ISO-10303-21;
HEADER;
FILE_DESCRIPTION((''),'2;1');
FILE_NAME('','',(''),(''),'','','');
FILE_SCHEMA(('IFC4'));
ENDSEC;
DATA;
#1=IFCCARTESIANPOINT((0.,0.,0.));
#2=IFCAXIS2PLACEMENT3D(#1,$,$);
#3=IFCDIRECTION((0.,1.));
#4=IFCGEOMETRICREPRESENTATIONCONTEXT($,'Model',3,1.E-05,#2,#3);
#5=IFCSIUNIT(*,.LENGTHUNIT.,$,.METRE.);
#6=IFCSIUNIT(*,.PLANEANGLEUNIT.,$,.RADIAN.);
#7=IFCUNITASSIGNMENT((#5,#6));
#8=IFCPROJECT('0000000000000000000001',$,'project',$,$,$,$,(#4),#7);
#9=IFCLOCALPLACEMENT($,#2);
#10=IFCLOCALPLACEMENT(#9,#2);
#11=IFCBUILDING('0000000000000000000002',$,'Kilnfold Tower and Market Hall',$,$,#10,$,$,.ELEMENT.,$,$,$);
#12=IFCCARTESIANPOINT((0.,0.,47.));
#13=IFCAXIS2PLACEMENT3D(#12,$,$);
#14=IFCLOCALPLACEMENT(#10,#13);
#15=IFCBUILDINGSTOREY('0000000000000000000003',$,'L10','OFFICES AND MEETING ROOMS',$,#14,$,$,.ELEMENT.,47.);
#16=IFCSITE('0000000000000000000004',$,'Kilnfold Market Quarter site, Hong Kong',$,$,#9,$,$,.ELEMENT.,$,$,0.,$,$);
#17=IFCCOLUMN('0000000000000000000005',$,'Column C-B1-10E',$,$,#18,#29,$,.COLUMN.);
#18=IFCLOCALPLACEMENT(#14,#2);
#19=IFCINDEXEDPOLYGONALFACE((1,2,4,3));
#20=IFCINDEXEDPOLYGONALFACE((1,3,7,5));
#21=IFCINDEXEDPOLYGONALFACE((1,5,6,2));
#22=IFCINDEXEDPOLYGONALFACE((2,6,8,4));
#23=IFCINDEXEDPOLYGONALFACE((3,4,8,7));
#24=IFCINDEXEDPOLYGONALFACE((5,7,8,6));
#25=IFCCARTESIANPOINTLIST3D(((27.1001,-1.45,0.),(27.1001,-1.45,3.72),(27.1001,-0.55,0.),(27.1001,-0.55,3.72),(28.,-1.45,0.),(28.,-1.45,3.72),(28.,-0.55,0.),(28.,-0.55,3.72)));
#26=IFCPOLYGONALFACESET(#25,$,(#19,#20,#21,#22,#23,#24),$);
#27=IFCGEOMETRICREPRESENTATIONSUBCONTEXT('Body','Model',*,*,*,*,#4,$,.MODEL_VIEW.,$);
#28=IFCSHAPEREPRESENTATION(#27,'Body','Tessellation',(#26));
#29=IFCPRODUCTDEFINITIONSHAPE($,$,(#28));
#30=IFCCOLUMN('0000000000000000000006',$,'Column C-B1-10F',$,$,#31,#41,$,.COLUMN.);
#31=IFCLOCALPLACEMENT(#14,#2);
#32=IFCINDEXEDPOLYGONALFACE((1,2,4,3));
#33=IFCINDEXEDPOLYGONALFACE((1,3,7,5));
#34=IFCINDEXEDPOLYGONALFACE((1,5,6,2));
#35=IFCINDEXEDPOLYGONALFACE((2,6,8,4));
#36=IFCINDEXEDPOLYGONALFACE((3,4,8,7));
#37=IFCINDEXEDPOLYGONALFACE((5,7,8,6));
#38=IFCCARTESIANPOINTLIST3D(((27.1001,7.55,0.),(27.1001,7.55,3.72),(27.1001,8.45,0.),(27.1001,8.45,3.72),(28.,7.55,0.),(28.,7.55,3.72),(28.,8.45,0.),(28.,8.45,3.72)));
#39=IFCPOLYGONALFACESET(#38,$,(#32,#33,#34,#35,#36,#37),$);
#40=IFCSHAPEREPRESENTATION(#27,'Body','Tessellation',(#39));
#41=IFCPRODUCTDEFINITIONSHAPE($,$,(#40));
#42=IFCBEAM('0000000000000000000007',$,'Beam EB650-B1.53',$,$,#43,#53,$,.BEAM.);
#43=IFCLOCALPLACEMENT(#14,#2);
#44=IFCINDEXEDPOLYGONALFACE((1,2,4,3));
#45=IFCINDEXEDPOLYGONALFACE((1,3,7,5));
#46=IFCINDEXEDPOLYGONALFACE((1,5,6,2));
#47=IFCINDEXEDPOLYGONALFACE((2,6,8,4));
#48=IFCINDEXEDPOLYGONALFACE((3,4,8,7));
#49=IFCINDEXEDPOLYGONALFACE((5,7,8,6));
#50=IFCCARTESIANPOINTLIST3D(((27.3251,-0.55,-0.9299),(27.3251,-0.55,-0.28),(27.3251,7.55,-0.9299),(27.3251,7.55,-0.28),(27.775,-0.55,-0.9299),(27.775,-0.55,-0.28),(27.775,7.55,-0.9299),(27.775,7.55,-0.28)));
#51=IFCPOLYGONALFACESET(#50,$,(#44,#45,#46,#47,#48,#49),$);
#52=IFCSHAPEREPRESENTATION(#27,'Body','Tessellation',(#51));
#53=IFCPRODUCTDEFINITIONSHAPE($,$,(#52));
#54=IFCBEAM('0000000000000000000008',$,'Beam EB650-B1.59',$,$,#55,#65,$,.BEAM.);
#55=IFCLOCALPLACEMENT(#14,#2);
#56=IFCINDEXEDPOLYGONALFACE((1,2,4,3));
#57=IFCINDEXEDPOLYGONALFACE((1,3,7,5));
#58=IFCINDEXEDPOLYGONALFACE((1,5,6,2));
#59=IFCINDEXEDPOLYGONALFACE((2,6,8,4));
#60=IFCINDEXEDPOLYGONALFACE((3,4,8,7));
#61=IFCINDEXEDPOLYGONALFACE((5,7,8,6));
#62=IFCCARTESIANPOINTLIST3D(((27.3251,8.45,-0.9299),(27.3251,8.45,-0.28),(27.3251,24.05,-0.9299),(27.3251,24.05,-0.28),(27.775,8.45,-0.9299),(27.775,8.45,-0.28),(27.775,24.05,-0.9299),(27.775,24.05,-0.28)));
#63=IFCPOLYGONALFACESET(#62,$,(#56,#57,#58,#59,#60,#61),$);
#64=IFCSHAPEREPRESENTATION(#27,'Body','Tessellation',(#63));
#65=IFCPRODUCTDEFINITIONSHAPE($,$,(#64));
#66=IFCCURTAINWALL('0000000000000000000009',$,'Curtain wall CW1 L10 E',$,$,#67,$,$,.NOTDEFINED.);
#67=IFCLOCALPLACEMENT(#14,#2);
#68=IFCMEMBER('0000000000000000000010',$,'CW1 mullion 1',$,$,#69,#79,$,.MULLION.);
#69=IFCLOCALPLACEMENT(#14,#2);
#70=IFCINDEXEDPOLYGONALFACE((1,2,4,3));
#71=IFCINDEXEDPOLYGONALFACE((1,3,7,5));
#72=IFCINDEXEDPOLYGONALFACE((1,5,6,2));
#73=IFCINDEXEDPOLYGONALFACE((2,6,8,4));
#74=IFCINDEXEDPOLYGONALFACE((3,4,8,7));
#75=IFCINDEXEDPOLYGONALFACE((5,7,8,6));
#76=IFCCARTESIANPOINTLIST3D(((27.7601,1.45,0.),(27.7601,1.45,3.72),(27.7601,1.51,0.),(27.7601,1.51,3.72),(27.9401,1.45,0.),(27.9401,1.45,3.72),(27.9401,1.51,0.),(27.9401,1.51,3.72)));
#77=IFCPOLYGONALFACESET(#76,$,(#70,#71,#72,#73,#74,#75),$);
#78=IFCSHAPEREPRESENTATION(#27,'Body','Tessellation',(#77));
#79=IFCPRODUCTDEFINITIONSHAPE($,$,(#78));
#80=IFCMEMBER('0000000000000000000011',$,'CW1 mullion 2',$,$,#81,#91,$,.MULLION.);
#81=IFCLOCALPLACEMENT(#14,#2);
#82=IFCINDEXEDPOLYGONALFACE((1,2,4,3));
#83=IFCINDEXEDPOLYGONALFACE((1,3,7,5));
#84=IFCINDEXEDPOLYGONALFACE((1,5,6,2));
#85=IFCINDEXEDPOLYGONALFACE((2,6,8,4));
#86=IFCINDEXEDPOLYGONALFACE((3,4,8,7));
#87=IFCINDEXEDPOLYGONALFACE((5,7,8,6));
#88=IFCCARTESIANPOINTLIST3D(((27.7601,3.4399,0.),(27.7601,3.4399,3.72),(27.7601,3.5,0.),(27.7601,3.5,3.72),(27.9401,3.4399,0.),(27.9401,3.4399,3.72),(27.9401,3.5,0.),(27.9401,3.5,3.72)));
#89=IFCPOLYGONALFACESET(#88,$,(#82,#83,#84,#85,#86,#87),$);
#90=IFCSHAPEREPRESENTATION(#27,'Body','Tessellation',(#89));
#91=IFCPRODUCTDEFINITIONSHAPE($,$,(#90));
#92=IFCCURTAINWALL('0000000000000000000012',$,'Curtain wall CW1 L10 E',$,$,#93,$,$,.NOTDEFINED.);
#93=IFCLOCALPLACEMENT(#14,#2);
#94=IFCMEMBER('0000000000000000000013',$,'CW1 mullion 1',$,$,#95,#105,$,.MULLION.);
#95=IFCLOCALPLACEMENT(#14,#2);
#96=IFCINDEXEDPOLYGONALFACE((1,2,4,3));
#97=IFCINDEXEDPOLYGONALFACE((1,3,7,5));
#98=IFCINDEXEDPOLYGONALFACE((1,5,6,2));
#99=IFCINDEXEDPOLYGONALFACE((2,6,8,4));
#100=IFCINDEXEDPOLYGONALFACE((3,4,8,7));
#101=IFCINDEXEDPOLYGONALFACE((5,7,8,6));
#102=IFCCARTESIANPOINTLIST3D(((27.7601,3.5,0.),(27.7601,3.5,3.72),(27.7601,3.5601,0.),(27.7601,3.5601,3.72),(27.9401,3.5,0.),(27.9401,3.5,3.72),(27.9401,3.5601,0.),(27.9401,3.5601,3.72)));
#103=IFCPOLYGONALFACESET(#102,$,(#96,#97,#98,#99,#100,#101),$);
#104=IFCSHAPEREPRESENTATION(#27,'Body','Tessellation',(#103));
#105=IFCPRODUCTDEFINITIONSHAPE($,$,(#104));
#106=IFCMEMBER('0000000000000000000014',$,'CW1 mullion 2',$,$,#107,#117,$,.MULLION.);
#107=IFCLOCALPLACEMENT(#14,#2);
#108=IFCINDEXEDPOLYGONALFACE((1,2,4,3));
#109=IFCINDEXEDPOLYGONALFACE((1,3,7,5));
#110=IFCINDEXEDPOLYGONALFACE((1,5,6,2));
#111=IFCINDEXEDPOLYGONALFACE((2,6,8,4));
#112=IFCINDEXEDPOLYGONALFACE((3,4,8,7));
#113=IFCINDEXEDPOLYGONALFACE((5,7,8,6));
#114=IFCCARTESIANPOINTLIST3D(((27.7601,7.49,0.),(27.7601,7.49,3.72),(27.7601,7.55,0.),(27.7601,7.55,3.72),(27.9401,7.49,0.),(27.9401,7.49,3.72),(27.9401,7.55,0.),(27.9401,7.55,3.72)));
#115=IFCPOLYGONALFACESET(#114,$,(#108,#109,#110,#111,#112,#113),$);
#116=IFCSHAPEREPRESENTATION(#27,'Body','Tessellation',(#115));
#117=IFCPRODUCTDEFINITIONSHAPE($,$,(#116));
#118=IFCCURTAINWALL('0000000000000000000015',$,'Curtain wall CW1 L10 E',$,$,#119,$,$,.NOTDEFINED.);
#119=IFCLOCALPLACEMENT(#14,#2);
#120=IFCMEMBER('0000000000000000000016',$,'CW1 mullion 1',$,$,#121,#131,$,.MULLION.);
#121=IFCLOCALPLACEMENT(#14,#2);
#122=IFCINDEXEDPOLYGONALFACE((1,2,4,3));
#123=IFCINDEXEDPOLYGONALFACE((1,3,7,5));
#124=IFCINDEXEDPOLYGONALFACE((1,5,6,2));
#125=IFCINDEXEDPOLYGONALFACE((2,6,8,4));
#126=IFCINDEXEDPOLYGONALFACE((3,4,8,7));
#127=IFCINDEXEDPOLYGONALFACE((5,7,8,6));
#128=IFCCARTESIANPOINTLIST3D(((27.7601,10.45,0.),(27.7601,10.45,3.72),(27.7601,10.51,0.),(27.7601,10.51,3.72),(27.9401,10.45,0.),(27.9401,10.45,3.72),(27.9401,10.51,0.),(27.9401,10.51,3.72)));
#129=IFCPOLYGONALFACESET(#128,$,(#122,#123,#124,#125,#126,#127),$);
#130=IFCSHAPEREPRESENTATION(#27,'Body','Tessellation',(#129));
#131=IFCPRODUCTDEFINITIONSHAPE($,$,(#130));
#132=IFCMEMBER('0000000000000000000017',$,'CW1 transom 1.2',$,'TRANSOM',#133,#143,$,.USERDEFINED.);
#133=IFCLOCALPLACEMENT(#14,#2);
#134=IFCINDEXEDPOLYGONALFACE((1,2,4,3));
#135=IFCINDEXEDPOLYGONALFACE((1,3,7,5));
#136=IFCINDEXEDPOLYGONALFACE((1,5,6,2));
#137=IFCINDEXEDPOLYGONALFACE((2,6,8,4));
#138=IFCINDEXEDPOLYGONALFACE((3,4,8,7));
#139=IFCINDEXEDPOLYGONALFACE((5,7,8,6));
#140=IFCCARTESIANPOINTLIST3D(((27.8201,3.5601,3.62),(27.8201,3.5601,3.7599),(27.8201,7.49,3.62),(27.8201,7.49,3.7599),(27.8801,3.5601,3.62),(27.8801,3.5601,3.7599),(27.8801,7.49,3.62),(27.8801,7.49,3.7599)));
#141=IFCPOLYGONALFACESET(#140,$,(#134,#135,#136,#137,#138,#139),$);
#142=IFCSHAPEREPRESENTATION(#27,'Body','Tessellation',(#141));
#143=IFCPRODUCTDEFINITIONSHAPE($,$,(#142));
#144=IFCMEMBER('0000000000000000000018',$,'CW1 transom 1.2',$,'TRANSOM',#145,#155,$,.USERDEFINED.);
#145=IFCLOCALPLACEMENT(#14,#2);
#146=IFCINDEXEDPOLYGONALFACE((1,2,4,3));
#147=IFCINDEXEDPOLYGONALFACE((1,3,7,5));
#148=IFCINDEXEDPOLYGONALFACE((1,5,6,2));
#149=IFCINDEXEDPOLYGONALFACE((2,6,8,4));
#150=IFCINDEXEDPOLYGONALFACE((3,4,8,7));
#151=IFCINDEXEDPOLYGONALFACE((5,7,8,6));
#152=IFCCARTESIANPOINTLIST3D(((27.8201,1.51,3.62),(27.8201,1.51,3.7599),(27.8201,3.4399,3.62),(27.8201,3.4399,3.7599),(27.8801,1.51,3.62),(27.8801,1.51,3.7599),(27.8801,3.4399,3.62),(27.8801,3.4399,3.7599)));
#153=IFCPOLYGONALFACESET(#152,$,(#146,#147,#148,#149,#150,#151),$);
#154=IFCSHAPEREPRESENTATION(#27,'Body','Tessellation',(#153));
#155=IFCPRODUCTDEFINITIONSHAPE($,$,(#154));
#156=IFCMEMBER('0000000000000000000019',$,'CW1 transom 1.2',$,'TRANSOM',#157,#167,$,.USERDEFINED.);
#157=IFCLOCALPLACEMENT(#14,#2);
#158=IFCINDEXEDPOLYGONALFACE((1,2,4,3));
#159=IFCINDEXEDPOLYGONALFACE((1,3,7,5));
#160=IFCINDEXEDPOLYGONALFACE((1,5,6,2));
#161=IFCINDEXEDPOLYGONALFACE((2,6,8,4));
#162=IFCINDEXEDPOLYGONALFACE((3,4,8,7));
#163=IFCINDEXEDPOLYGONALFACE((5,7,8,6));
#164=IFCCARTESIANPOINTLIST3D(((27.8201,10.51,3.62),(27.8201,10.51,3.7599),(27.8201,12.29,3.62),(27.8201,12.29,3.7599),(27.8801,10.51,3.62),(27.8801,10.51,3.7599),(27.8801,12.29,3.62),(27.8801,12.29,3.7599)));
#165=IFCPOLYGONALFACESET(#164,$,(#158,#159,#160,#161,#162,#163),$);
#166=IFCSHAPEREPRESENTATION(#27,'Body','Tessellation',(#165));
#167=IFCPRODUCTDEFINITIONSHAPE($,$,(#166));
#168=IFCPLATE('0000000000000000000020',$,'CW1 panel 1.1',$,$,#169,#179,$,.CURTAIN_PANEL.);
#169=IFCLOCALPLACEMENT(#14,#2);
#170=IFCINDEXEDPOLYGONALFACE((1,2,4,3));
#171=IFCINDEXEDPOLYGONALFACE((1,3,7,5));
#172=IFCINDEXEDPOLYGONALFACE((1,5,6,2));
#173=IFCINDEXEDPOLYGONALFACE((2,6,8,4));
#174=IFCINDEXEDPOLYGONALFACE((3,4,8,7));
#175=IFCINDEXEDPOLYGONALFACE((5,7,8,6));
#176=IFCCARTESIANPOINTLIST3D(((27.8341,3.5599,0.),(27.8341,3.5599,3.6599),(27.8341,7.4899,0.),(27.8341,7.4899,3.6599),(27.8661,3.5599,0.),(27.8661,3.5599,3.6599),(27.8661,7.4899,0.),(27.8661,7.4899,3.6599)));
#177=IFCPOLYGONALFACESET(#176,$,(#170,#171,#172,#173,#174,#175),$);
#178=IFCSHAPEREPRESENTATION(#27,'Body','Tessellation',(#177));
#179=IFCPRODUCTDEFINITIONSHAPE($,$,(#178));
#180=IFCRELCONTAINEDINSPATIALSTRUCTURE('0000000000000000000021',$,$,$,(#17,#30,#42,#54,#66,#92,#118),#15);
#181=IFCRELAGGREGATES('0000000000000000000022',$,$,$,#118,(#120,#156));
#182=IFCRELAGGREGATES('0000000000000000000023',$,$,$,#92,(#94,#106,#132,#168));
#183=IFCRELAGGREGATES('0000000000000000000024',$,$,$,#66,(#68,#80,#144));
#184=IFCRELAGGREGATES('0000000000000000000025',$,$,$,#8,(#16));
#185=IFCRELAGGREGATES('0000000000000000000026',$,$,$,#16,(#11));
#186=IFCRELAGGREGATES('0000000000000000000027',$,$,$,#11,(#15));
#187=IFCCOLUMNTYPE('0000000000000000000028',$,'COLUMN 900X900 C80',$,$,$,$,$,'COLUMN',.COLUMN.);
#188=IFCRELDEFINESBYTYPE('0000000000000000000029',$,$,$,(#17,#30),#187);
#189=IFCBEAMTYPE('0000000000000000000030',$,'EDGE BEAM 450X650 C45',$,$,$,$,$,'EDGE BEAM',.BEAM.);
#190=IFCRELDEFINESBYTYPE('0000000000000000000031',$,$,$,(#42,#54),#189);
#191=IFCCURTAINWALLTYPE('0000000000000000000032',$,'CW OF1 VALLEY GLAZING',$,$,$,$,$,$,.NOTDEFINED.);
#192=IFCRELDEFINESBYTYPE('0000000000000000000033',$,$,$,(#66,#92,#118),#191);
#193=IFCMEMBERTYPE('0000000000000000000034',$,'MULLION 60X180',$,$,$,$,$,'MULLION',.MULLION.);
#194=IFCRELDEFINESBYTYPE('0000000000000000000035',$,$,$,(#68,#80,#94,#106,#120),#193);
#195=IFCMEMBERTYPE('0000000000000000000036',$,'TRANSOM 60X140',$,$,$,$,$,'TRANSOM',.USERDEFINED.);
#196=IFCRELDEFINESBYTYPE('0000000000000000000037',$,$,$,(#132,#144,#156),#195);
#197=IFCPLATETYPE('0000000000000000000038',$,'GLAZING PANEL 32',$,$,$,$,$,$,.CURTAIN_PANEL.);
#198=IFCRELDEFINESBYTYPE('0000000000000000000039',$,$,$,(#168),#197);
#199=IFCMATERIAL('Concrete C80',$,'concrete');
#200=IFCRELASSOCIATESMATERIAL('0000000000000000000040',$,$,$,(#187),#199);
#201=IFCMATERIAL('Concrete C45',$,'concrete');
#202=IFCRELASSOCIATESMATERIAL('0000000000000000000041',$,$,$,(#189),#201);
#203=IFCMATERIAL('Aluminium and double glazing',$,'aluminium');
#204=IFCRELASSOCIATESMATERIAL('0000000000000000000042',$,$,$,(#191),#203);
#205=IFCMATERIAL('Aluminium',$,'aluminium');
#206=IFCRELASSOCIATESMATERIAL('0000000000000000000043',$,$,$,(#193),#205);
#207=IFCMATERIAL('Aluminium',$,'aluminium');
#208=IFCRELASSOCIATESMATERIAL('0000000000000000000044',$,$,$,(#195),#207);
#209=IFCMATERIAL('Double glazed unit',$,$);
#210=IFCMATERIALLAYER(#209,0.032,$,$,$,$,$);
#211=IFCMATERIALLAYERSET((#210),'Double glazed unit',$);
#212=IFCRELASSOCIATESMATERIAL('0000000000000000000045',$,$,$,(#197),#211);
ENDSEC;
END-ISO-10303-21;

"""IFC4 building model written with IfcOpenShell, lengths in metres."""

from ifc_helpers import new_model, si_unit, direction, frame, origin, origin_2d, place, context, subcontext, project, spatial, rectangle, extrude, source, transform, mapped, material, layer, layer_set, material_profile, profile_set, type_object, element, aggregate, save


model = new_model("IFC4")

# Units and contexts
model_context = context("Model", 3, precision=1e-05, world=origin(), true_north=direction((0.0, 1.0)))
body_context = subcontext(model_context, "Body", "Model", "MODEL_VIEW")
ifc_project = project(units=[si_unit("LENGTHUNIT", "METRE"), si_unit("PLANEANGLEUNIT", "RADIAN")], contexts=[model_context])

# Site, building, storey
site_placement = place(None, origin())
site = spatial("IfcSite", under=ifc_project, at=site_placement, Name="Kilnfold Market Quarter site, Hong Kong", CompositionType="ELEMENT", RefElevation=0.0)
building_placement = place(site_placement, origin())
building = spatial("IfcBuilding", under=site, at=building_placement, Name="Kilnfold Tower and Market Hall", CompositionType="ELEMENT")
storey_placement = place(building_placement, frame((0.0, 0.0, 47.0)))
storey = spatial("IfcBuildingStorey", under=building, at=storey_placement, Name="L10", Description="OFFICES AND MEETING ROOMS", CompositionType="ELEMENT", Elevation=47.0)

# Columns
ifc_material_1 = material(Name="Concrete C80", Category="concrete")
ifc_material_profile_1 = material_profile(ifc_material_1, rectangle(XDim=0.8999, YDim=0.8999, at=origin_2d()), Name="RC 900x900")
ifc_profile_set_1 = profile_set([ifc_material_profile_1], Name="Concrete C80")
column_type = type_object("IfcColumnType", Name="COLUMN 900X900 C80", ElementType="COLUMN", PredefinedType="COLUMN", material=ifc_profile_set_1)
shared_shape_1 = source(origin(), body_context, "Body", "SweptSolid", [
    extrude(rectangle(XDim=0.8999, YDim=0.8999, at=origin_2d()), origin(), (0.0, 0.0, 1.0), 3.72),
])
for number, where, z_axis, x_axis, name in (
    (1, (27.55, -1.0, 0.0), (0.0, 0.0, 1.0), (1.0, 0.0, 0.0), "Column C-B1-10E"),
    (2, (27.55, 8.0, 0.0), (0.0, 0.0, 1.0), (1.0, 0.0, 0.0), "Column C-B1-10F"),
):
    element("IfcColumn", number, at=place(storey_placement, frame(where, z_axis=z_axis, x_axis=x_axis)), inside=storey, type_object=column_type, Name=name, PredefinedType="COLUMN", context=body_context, shape_type="MappedRepresentation", body=[
        mapped(shared_shape_1, transform((0.0, 0.0, 0.0))),
    ])

# Beams
ifc_material_2 = material(Name="Concrete C45", Category="concrete")
ifc_material_profile_2 = material_profile(ifc_material_2, rectangle(XDim=0.45, YDim=0.6499, at=origin_2d()), Name="RC 450x650")
ifc_profile_set_2 = profile_set([ifc_material_profile_2], Name="Concrete C45")
beam_type = type_object("IfcBeamType", Name="EDGE BEAM 450X650 C45", ElementType="EDGE BEAM", PredefinedType="BEAM", material=ifc_profile_set_2)
shared_shape_2 = source(origin(), body_context, "Body", "SweptSolid", [
    extrude(rectangle(XDim=0.45, YDim=0.6499, at=origin_2d()), origin(), (0.0, 0.0, 1.0), 8.1001),
])
beam_1_placement = place(storey_placement, frame((27.55, -0.55, -0.605), z_axis=(0.0, 1.0, 0.0), x_axis=(-1.0, 0.0, 0.0)))
element("IfcBeam", 3, at=beam_1_placement, inside=storey, type_object=beam_type, Name="Beam EB650-B1.53", PredefinedType="BEAM", context=body_context, shape_type="MappedRepresentation", body=[
    mapped(shared_shape_2, transform((0.0, 0.0, 0.0))),
])
shared_shape_3 = source(origin(), body_context, "Body", "SweptSolid", [
    extrude(rectangle(XDim=0.45, YDim=0.6499, at=origin_2d()), origin(), (0.0, 0.0, 1.0), 15.6001),
])
beam_2_placement = place(storey_placement, frame((27.55, 8.45, -0.605), z_axis=(0.0, 1.0, 0.0), x_axis=(-1.0, 0.0, 0.0)))
element("IfcBeam", 4, at=beam_2_placement, inside=storey, type_object=beam_type, Name="Beam EB650-B1.59", PredefinedType="BEAM", context=body_context, shape_type="MappedRepresentation", body=[
    mapped(shared_shape_3, transform((0.0, 0.0, 0.0))),
])

# Curtain walls, members
ifc_material_3 = material(Name="Aluminium and double glazing", Category="aluminium")
curtain_wall_type = type_object("IfcCurtainWallType", Name="CW OF1 VALLEY GLAZING", PredefinedType="NOTDEFINED", material=ifc_material_3)
curtain_wall_1_placement = place(storey_placement, origin())
curtain_wall_1 = element("IfcCurtainWall", 5, at=curtain_wall_1_placement, inside=storey, type_object=curtain_wall_type, Name="Curtain wall CW1 L10 E", PredefinedType="NOTDEFINED")
ifc_material_4 = material(Name="Aluminium", Category="aluminium")
ifc_material_profile_3 = material_profile(ifc_material_4, rectangle(XDim=0.0601, YDim=0.1799, at=origin_2d()), Name="MULLION 60x180")
ifc_profile_set_3 = profile_set([ifc_material_profile_3], Name="Aluminium")
member_type_1 = type_object("IfcMemberType", Name="MULLION 60X180", ElementType="MULLION", PredefinedType="MULLION", material=ifc_profile_set_3)
shared_shape_4 = source(origin(), body_context, "Body", "SweptSolid", [
    extrude(rectangle(XDim=0.0601, YDim=0.1799, at=origin_2d()), origin(), (0.0, 0.0, 1.0), 3.72),
])
member_1_placement = place(storey_placement, frame((27.8501, 1.48, 0.0), z_axis=(0.0, 0.0, 1.0), x_axis=(0.0, 1.0, 0.0)))
member_1 = element("IfcMember", 6, at=member_1_placement, type_object=member_type_1, Name="CW1 mullion 1", PredefinedType="MULLION", context=body_context, shape_type="MappedRepresentation", body=[
    mapped(shared_shape_4, transform((0.0, 0.0, 0.0))),
])
member_2_placement = place(storey_placement, frame((27.8501, 3.47, 0.0), z_axis=(0.0, 0.0, 1.0), x_axis=(0.0, 1.0, 0.0)))
member_2 = element("IfcMember", 7, at=member_2_placement, type_object=member_type_1, Name="CW1 mullion 2", PredefinedType="MULLION", context=body_context, shape_type="MappedRepresentation", body=[
    mapped(shared_shape_4, transform((0.0, 0.0, 0.0))),
])
curtain_wall_2_placement = place(storey_placement, origin())
curtain_wall_2 = element("IfcCurtainWall", 8, at=curtain_wall_2_placement, inside=storey, type_object=curtain_wall_type, Name="Curtain wall CW1 L10 E", PredefinedType="NOTDEFINED")
member_3_placement = place(storey_placement, frame((27.8501, 3.53, 0.0), z_axis=(0.0, 0.0, 1.0), x_axis=(0.0, 1.0, 0.0)))
member_3 = element("IfcMember", 9, at=member_3_placement, type_object=member_type_1, Name="CW1 mullion 1", PredefinedType="MULLION", context=body_context, shape_type="MappedRepresentation", body=[
    mapped(shared_shape_4, transform((0.0, 0.0, 0.0))),
])
member_4_placement = place(storey_placement, frame((27.8501, 7.52, 0.0), z_axis=(0.0, 0.0, 1.0), x_axis=(0.0, 1.0, 0.0)))
member_4 = element("IfcMember", 10, at=member_4_placement, type_object=member_type_1, Name="CW1 mullion 2", PredefinedType="MULLION", context=body_context, shape_type="MappedRepresentation", body=[
    mapped(shared_shape_4, transform((0.0, 0.0, 0.0))),
])

# Curtain wall, member
curtain_wall_3_placement = place(storey_placement, origin())
curtain_wall_3 = element("IfcCurtainWall", 11, at=curtain_wall_3_placement, inside=storey, type_object=curtain_wall_type, Name="Curtain wall CW1 L10 E", PredefinedType="NOTDEFINED")
member_5_placement = place(storey_placement, frame((27.8501, 10.48, 0.0), z_axis=(0.0, 0.0, 1.0), x_axis=(0.0, 1.0, 0.0)))
member_5 = element("IfcMember", 12, at=member_5_placement, type_object=member_type_1, Name="CW1 mullion 1", PredefinedType="MULLION", context=body_context, shape_type="MappedRepresentation", body=[
    mapped(shared_shape_4, transform((0.0, 0.0, 0.0))),
])

# Members
ifc_material_5 = material(Name="Aluminium", Category="aluminium")
ifc_material_profile_4 = material_profile(ifc_material_5, rectangle(XDim=0.0601, YDim=0.1399, at=origin_2d()), Name="TRANSOM 60x140")
ifc_profile_set_4 = profile_set([ifc_material_profile_4], Name="Aluminium")
member_type_2 = type_object("IfcMemberType", Name="TRANSOM 60X140", ElementType="TRANSOM", PredefinedType="USERDEFINED", material=ifc_profile_set_4)
shared_shape_5 = source(origin(), body_context, "Body", "SweptSolid", [
    extrude(rectangle(XDim=0.0601, YDim=0.1399, at=origin_2d()), origin(), (0.0, 0.0, 1.0), 3.9299),
])
member_6_placement = place(storey_placement, frame((27.8501, 3.5601, 3.6899), z_axis=(0.0, 1.0, 0.0), x_axis=(-1.0, 0.0, 0.0)))
member_6 = element("IfcMember", 13, at=member_6_placement, type_object=member_type_2, Name="CW1 transom 1.2", ObjectType="TRANSOM", PredefinedType="USERDEFINED", context=body_context, shape_type="MappedRepresentation", body=[
    mapped(shared_shape_5, transform((0.0, 0.0, 0.0))),
])
shared_shape_6 = source(origin(), body_context, "Body", "SweptSolid", [
    extrude(rectangle(XDim=0.0601, YDim=0.1399, at=origin_2d()), origin(), (0.0, 0.0, 1.0), 1.9299),
])
member_7_placement = place(storey_placement, frame((27.8501, 1.51, 3.6899), z_axis=(0.0, 1.0, 0.0), x_axis=(-1.0, 0.0, 0.0)))
member_7 = element("IfcMember", 14, at=member_7_placement, type_object=member_type_2, Name="CW1 transom 1.2", ObjectType="TRANSOM", PredefinedType="USERDEFINED", context=body_context, shape_type="MappedRepresentation", body=[
    mapped(shared_shape_6, transform((0.0, 0.0, 0.0))),
])
shared_shape_7 = source(origin(), body_context, "Body", "SweptSolid", [
    extrude(rectangle(XDim=0.0601, YDim=0.1399, at=origin_2d()), origin(), (0.0, 0.0, 1.0), 1.78),
])
member_8_placement = place(storey_placement, frame((27.8501, 10.51, 3.6899), z_axis=(0.0, 1.0, 0.0), x_axis=(-1.0, 0.0, 0.0)))
member_8 = element("IfcMember", 15, at=member_8_placement, type_object=member_type_2, Name="CW1 transom 1.2", ObjectType="TRANSOM", PredefinedType="USERDEFINED", context=body_context, shape_type="MappedRepresentation", body=[
    mapped(shared_shape_7, transform((0.0, 0.0, 0.0))),
])
aggregate(curtain_wall_3, [member_5, member_8])

# Plate
ifc_material_6 = material(Name="Double glazed unit")
ifc_layer_1 = layer(ifc_material_6, 0.032)
ifc_layer_set_1 = layer_set([ifc_layer_1], Name="Double glazed unit")
plate_type = type_object("IfcPlateType", Name="GLAZING PANEL 32", PredefinedType="CURTAIN_PANEL", material=ifc_layer_set_1)
shared_shape_8 = source(origin(), body_context, "Body", "SweptSolid", [
    extrude(rectangle(XDim=3.9299, YDim=0.032, at=origin_2d()), origin(), (0.0, 0.0, 1.0), 3.6599),
])
plate_1_placement = place(storey_placement, frame((27.8501, 5.5249, 0.0), z_axis=(0.0, 0.0, 1.0), x_axis=(0.0, 1.0, 0.0)))
plate_1 = element("IfcPlate", 16, at=plate_1_placement, type_object=plate_type, Name="CW1 panel 1.1", PredefinedType="CURTAIN_PANEL", context=body_context, shape_type="MappedRepresentation", body=[
    mapped(shared_shape_8, transform((0.0, 0.0, 0.0))),
])
aggregate(curtain_wall_2, [member_3, member_4, member_6, plate_1])
aggregate(curtain_wall_1, [member_1, member_2, member_7])

save(model, "model.ifc")
